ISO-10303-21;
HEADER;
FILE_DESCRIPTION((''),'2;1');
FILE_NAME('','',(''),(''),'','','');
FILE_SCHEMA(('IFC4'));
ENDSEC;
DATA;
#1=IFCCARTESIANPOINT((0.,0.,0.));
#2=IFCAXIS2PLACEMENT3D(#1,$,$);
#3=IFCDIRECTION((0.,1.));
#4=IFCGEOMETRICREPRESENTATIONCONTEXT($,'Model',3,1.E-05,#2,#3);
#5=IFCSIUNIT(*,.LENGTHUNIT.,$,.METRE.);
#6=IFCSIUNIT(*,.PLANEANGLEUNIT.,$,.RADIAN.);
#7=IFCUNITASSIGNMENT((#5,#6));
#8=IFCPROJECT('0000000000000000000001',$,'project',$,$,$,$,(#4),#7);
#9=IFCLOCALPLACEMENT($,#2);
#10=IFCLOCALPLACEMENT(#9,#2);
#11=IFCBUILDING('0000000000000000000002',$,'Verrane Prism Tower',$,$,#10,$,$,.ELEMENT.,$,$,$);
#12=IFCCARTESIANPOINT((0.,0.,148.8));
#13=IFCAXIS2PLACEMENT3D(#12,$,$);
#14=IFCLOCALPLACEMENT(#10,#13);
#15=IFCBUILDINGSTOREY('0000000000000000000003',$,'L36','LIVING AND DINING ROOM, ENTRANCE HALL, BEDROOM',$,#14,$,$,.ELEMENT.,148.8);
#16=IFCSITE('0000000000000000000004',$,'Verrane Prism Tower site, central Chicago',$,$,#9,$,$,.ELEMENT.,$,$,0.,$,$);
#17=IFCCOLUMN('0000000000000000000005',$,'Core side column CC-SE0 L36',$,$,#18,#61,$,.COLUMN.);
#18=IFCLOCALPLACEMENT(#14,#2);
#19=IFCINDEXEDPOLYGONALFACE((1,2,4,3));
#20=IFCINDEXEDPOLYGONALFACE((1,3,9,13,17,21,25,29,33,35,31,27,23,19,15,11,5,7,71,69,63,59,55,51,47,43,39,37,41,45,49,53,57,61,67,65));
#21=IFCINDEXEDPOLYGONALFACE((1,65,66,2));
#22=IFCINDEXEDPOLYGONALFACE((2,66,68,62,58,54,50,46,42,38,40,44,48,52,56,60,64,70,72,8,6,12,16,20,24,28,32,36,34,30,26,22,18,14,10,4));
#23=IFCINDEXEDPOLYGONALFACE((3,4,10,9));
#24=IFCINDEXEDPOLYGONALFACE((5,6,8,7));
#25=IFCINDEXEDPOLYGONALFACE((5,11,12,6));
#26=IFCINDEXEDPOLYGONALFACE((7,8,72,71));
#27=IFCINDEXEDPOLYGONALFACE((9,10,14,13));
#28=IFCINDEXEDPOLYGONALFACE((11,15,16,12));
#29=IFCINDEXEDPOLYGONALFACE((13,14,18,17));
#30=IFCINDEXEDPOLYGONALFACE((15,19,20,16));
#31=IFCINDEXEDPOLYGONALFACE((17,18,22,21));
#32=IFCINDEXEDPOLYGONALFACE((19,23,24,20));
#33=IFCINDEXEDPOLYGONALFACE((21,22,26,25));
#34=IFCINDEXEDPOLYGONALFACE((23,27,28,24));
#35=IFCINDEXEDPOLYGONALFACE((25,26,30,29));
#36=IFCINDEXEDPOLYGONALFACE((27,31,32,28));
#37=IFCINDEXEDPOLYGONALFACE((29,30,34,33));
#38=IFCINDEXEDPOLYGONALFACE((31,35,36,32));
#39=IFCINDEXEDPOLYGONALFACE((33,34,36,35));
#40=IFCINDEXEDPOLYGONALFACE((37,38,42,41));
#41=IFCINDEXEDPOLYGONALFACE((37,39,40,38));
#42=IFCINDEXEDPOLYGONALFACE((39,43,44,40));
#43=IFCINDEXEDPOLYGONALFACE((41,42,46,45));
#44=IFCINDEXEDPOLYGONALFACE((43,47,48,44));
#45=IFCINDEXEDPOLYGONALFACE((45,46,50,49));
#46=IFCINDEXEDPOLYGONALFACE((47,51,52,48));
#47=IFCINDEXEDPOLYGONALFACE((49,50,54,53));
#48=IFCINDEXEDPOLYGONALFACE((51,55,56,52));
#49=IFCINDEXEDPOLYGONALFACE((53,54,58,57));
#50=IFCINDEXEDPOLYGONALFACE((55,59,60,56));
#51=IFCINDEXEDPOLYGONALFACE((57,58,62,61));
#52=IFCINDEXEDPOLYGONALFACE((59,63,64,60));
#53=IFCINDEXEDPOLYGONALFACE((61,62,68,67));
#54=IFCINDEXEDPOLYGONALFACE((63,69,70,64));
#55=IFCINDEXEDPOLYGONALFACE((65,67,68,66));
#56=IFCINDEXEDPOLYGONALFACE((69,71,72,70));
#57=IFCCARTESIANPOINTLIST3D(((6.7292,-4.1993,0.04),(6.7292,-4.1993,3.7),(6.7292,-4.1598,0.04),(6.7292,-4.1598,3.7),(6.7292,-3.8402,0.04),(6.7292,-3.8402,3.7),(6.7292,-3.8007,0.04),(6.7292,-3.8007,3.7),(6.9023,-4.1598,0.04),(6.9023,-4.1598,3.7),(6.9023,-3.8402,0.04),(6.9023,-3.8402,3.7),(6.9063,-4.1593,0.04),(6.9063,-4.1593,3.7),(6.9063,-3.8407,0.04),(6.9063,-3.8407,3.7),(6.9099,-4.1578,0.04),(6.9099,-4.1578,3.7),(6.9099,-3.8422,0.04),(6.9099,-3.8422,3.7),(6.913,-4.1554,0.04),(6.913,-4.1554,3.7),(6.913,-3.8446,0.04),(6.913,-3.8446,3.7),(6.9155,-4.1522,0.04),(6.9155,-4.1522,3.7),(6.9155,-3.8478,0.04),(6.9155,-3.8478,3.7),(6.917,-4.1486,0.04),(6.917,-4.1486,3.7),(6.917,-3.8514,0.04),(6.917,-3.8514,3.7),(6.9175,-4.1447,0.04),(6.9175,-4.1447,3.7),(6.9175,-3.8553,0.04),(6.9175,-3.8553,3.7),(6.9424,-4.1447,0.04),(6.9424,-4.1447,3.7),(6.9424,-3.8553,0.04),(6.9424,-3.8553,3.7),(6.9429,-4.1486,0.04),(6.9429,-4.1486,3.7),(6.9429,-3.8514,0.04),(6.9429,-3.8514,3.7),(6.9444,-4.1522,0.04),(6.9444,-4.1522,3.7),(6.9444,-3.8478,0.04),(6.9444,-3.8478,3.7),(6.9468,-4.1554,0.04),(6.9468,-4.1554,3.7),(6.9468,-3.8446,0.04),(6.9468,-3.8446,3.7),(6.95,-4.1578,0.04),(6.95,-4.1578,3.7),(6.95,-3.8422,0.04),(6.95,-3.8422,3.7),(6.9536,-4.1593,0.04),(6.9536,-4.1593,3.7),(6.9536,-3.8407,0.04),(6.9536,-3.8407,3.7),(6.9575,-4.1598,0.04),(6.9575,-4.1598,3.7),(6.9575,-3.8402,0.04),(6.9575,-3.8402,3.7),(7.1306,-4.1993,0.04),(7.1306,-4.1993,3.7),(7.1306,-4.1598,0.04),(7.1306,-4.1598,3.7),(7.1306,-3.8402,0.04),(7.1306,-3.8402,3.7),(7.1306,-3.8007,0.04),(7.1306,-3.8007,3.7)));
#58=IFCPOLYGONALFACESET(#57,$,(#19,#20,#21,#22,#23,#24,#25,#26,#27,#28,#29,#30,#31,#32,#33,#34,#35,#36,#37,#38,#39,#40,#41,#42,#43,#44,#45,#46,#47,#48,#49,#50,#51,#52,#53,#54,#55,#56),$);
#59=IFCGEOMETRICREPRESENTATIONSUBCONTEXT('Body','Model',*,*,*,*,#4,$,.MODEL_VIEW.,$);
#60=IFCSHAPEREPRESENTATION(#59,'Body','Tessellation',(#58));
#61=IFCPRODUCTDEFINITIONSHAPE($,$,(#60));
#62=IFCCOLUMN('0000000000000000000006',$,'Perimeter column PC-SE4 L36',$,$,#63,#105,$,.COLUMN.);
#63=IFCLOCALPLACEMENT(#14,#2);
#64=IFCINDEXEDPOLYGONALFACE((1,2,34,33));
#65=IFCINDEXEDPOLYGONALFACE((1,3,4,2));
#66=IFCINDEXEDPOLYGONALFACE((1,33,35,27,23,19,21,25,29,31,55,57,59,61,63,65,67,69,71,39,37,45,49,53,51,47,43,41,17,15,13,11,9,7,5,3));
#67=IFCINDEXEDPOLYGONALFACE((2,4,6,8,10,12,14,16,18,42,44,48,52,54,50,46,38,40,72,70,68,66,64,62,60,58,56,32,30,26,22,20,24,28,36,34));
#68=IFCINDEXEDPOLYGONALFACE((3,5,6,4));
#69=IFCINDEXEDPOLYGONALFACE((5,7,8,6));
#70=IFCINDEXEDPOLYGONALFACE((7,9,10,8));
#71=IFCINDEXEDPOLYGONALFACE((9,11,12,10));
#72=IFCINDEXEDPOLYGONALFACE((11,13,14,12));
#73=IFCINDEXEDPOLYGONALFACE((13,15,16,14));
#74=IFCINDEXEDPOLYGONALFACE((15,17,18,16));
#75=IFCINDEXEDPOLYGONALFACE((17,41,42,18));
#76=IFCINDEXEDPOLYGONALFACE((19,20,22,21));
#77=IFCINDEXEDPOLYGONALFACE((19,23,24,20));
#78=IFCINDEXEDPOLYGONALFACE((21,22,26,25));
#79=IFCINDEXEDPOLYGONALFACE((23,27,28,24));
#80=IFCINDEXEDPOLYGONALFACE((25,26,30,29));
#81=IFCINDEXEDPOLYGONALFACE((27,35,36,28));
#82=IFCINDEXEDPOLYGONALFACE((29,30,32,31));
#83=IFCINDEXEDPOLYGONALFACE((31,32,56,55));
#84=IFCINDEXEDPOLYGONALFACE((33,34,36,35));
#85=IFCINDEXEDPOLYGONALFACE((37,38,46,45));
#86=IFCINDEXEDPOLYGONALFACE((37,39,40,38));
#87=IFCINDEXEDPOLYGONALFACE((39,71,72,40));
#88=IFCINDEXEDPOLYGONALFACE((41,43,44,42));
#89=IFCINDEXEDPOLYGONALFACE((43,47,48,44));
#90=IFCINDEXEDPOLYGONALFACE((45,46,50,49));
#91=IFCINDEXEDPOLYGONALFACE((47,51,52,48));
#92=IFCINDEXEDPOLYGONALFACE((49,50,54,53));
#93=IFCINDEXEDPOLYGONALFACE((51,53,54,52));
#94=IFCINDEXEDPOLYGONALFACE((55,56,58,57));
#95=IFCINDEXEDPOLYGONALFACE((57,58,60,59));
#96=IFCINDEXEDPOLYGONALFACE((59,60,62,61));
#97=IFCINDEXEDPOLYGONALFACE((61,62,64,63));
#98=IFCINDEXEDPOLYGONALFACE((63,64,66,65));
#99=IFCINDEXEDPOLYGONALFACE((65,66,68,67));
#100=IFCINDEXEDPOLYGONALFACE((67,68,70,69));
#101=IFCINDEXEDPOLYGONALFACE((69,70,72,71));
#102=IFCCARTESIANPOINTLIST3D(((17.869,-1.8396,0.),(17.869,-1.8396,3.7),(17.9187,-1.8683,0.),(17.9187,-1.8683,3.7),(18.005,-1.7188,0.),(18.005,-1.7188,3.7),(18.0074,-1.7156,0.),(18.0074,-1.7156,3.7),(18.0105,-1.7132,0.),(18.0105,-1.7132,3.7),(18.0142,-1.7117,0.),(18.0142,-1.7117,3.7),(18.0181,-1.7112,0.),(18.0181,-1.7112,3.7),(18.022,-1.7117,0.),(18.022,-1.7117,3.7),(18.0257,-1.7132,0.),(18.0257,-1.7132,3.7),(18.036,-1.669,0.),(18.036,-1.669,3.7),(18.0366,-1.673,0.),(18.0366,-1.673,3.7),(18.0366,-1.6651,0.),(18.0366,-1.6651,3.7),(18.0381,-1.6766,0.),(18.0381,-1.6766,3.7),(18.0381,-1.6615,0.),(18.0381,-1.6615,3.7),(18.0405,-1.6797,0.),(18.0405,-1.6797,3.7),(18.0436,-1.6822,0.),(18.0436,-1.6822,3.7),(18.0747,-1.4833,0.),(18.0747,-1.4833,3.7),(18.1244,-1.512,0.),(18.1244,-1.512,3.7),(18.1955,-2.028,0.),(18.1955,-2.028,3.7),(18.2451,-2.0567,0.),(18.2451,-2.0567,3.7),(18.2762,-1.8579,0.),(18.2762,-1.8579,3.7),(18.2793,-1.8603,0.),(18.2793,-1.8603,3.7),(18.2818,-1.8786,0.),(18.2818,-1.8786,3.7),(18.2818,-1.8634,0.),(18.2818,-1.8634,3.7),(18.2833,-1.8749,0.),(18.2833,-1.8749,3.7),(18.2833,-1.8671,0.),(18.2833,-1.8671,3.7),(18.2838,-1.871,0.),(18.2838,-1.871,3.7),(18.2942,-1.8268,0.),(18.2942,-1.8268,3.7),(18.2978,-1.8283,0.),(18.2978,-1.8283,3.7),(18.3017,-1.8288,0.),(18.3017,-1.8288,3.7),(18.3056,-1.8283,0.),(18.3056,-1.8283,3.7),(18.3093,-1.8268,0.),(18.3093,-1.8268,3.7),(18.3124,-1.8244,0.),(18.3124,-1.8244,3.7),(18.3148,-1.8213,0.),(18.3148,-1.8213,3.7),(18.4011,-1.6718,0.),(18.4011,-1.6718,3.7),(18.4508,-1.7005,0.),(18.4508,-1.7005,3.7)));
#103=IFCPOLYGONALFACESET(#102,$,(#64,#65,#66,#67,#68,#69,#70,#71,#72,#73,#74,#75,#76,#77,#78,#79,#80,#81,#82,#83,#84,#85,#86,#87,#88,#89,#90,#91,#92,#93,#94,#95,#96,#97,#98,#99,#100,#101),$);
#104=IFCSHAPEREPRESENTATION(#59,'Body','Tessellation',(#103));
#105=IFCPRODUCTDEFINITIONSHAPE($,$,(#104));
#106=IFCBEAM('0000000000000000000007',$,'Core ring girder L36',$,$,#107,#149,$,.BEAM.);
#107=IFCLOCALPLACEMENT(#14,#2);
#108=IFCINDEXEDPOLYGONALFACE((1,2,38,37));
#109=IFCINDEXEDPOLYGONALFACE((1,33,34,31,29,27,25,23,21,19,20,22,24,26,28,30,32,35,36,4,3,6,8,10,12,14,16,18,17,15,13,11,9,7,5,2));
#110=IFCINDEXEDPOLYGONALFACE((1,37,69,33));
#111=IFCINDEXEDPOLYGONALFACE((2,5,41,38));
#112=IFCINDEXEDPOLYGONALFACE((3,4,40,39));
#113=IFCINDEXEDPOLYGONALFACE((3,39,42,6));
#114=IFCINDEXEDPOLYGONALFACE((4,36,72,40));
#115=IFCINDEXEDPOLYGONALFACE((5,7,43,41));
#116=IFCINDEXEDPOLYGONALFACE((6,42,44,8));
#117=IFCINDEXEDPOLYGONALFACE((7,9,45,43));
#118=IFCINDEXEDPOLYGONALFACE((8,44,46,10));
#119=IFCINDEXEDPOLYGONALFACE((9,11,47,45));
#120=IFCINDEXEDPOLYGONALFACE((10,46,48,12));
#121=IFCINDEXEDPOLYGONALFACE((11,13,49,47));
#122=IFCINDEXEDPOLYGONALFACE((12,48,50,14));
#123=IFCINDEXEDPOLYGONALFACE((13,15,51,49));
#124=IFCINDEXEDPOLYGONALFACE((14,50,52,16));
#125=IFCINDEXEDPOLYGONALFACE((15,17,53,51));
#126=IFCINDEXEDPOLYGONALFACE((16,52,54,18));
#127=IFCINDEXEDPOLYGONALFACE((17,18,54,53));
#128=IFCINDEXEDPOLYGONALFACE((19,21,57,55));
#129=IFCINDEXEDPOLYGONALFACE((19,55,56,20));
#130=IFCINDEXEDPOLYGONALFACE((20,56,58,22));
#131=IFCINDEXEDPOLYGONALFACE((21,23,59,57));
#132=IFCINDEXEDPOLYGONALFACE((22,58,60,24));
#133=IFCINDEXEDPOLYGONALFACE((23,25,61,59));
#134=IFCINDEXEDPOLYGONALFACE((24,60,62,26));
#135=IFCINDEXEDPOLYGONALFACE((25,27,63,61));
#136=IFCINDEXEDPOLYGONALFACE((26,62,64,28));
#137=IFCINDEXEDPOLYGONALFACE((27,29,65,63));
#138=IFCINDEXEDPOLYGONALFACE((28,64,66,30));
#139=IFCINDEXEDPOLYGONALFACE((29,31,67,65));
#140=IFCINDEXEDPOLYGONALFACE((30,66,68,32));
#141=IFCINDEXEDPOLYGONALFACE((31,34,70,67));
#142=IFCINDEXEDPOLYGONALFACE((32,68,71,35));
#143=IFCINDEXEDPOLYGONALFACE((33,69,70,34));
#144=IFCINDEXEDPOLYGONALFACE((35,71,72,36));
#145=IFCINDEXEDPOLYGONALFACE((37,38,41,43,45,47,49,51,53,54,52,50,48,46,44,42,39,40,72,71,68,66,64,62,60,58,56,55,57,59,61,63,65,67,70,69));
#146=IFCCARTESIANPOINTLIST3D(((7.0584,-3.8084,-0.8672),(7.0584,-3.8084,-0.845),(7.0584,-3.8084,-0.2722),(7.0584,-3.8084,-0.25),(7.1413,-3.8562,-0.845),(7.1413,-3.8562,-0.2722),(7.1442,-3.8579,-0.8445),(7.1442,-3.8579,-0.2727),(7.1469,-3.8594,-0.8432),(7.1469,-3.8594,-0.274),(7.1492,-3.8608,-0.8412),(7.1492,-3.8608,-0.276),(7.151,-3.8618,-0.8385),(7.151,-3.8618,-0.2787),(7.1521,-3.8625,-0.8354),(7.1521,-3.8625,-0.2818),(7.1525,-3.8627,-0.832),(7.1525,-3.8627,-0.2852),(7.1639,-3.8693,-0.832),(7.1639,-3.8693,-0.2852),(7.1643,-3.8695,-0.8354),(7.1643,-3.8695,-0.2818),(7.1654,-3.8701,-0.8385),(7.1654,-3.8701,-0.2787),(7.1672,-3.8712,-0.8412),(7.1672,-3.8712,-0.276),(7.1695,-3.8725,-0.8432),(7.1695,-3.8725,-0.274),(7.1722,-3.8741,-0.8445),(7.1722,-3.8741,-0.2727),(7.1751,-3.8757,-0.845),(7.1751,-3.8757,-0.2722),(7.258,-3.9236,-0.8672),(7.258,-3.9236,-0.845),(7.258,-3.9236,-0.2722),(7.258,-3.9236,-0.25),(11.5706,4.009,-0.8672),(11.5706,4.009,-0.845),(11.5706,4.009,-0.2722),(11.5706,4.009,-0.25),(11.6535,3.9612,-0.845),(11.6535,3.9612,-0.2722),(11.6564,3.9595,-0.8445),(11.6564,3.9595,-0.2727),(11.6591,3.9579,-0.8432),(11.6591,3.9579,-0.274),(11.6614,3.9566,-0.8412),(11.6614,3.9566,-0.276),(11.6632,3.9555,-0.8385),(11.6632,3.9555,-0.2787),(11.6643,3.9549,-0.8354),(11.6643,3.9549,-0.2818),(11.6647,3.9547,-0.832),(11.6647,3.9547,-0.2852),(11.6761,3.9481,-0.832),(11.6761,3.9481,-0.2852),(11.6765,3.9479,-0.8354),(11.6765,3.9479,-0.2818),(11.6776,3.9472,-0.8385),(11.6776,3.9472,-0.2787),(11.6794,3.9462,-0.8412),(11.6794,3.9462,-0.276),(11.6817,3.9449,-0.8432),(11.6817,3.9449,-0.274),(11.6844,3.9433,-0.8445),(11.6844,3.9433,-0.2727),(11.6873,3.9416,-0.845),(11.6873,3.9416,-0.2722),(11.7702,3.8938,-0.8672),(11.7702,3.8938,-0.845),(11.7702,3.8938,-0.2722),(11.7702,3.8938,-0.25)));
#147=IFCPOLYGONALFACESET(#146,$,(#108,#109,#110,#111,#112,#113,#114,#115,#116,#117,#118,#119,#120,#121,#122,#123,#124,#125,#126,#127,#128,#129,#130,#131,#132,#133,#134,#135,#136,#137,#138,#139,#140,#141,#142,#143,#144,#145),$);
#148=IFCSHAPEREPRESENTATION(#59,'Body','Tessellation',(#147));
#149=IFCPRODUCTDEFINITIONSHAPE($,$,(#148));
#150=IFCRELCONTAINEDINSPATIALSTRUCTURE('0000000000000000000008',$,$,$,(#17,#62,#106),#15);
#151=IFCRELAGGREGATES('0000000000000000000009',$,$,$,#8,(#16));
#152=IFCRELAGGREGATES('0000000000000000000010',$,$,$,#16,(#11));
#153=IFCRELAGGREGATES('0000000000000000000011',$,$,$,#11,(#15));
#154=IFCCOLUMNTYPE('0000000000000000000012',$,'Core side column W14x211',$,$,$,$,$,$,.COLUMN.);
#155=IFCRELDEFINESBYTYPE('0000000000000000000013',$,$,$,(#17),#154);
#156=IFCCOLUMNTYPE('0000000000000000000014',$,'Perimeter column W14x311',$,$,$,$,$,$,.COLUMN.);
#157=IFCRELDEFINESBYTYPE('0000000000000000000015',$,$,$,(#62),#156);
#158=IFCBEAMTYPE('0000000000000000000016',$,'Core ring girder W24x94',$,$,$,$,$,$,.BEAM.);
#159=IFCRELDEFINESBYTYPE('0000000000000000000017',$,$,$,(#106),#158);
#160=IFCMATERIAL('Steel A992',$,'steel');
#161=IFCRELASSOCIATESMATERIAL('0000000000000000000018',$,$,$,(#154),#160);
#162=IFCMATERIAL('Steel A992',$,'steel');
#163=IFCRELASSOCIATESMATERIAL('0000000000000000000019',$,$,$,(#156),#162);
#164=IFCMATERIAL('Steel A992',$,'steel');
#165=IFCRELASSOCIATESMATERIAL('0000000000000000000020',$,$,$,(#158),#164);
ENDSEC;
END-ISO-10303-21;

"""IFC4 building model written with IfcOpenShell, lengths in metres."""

from ifc_helpers import new_model, si_unit, direction, frame, origin, origin_2d, place, context, subcontext, project, spatial, i_section, extrude, material, material_profile, profile_set, type_object, element, save


model = new_model("IFC4")

# Units and contexts
model_context = context("Model", 3, precision=1e-05, world=origin(), true_north=direction((0.0, 1.0)))
body_context = subcontext(model_context, "Body", "Model", "MODEL_VIEW")
ifc_project = project(units=[si_unit("LENGTHUNIT", "METRE"), si_unit("PLANEANGLEUNIT", "RADIAN")], contexts=[model_context])

# Site, building, storey
site_placement = place(None, origin())
site = spatial("IfcSite", under=ifc_project, at=site_placement, Name="Verrane Prism Tower site, central Chicago", CompositionType="ELEMENT", RefElevation=0.0)
building_placement = place(site_placement, origin())
building = spatial("IfcBuilding", under=site, at=building_placement, Name="Verrane Prism Tower", CompositionType="ELEMENT")
storey_placement = place(building_placement, frame((0.0, 0.0, 148.8)))
storey = spatial("IfcBuildingStorey", under=building, at=storey_placement, Name="L36", Description="LIVING AND DINING ROOM, ENTRANCE HALL, BEDROOM", CompositionType="ELEMENT", Elevation=148.8)

# Columns
ifc_material_1 = material(Name="Steel A992", Category="steel")
ifc_material_profile_1 = material_profile(ifc_material_1, i_section(OverallWidth=0.4014, OverallDepth=0.3987, WebThickness=0.0249, FlangeThickness=0.0396, FilletRadius=0.0151, at=origin_2d()), Name="W14x211")
ifc_profile_set_1 = profile_set([ifc_material_profile_1], Name="Steel A992")
column_type_1 = type_object("IfcColumnType", Name="Core side column W14x211", PredefinedType="COLUMN", material=ifc_profile_set_1)
column_1_placement = place(storey_placement, frame((6.9299, -4.0, 0.04), z_axis=(0.0, 0.0, 1.0), x_axis=(1.0, 0.0, 0.0)))
element("IfcColumn", 1, at=column_1_placement, inside=storey, type_object=column_type_1, Name="Core side column CC-SE0 L36", PredefinedType="COLUMN", context=body_context, shape_type="SweptSolid", body=[
    extrude(i_section(OverallWidth=0.4014, OverallDepth=0.3987, WebThickness=0.0249, FlangeThickness=0.0396, FilletRadius=0.0151, at=origin_2d()), origin(), (0.0, 0.0, 1.0), 3.6599),
])
ifc_material_2 = material(Name="Steel A992", Category="steel")
ifc_material_profile_2 = material_profile(ifc_material_2, i_section(OverallWidth=0.4114, OverallDepth=0.4343, WebThickness=0.0359, FlangeThickness=0.0574, FilletRadius=0.0151, at=origin_2d()), Name="W14x311")
ifc_profile_set_2 = profile_set([ifc_material_profile_2], Name="Steel A992")
column_type_2 = type_object("IfcColumnType", Name="Perimeter column W14x311", PredefinedType="COLUMN", material=ifc_profile_set_2)
column_2_placement = place(storey_placement, frame((18.1599, -1.77, 0.0), z_axis=(0.0, 0.0, 1.0), x_axis=(-0.5, -0.866025, 0.0)))
element("IfcColumn", 2, at=column_2_placement, inside=storey, type_object=column_type_2, Name="Perimeter column PC-SE4 L36", PredefinedType="COLUMN", context=body_context, shape_type="SweptSolid", body=[
    extrude(i_section(OverallWidth=0.4114, OverallDepth=0.4343, WebThickness=0.0359, FlangeThickness=0.0574, FilletRadius=0.0151, at=origin_2d()), origin(), (0.0, 0.0, 1.0), 3.7),
])

# Beam
ifc_material_3 = material(Name="Steel A992", Category="steel")
ifc_material_profile_3 = material_profile(ifc_material_3, i_section(OverallWidth=0.2305, OverallDepth=0.6172, WebThickness=0.0132, FlangeThickness=0.0222, FilletRadius=0.0129, at=origin_2d()), Name="W24x94")
ifc_profile_set_3 = profile_set([ifc_material_profile_3], Name="Steel A992")
beam_type_1 = type_object("IfcBeamType", Name="Core ring girder W24x94", PredefinedType="BEAM", material=ifc_profile_set_3)
beam_1_placement = place(storey_placement, frame((7.1582, -3.866, -0.5586), z_axis=(0.499904, 0.866081, 0.0), x_axis=(-0.866081, 0.499904, 0.0)))
element("IfcBeam", 3, at=beam_1_placement, inside=storey, type_object=beam_type_1, Name="Core ring girder L36", PredefinedType="BEAM", context=body_context, shape_type="SweptSolid", body=[
    extrude(i_section(OverallWidth=0.2305, OverallDepth=0.6172, WebThickness=0.0132, FlangeThickness=0.0222, FilletRadius=0.0129, at=origin_2d()), origin(), (0.0, 0.0, 1.0), 9.0261),
])

save(model, "model.ifc")
